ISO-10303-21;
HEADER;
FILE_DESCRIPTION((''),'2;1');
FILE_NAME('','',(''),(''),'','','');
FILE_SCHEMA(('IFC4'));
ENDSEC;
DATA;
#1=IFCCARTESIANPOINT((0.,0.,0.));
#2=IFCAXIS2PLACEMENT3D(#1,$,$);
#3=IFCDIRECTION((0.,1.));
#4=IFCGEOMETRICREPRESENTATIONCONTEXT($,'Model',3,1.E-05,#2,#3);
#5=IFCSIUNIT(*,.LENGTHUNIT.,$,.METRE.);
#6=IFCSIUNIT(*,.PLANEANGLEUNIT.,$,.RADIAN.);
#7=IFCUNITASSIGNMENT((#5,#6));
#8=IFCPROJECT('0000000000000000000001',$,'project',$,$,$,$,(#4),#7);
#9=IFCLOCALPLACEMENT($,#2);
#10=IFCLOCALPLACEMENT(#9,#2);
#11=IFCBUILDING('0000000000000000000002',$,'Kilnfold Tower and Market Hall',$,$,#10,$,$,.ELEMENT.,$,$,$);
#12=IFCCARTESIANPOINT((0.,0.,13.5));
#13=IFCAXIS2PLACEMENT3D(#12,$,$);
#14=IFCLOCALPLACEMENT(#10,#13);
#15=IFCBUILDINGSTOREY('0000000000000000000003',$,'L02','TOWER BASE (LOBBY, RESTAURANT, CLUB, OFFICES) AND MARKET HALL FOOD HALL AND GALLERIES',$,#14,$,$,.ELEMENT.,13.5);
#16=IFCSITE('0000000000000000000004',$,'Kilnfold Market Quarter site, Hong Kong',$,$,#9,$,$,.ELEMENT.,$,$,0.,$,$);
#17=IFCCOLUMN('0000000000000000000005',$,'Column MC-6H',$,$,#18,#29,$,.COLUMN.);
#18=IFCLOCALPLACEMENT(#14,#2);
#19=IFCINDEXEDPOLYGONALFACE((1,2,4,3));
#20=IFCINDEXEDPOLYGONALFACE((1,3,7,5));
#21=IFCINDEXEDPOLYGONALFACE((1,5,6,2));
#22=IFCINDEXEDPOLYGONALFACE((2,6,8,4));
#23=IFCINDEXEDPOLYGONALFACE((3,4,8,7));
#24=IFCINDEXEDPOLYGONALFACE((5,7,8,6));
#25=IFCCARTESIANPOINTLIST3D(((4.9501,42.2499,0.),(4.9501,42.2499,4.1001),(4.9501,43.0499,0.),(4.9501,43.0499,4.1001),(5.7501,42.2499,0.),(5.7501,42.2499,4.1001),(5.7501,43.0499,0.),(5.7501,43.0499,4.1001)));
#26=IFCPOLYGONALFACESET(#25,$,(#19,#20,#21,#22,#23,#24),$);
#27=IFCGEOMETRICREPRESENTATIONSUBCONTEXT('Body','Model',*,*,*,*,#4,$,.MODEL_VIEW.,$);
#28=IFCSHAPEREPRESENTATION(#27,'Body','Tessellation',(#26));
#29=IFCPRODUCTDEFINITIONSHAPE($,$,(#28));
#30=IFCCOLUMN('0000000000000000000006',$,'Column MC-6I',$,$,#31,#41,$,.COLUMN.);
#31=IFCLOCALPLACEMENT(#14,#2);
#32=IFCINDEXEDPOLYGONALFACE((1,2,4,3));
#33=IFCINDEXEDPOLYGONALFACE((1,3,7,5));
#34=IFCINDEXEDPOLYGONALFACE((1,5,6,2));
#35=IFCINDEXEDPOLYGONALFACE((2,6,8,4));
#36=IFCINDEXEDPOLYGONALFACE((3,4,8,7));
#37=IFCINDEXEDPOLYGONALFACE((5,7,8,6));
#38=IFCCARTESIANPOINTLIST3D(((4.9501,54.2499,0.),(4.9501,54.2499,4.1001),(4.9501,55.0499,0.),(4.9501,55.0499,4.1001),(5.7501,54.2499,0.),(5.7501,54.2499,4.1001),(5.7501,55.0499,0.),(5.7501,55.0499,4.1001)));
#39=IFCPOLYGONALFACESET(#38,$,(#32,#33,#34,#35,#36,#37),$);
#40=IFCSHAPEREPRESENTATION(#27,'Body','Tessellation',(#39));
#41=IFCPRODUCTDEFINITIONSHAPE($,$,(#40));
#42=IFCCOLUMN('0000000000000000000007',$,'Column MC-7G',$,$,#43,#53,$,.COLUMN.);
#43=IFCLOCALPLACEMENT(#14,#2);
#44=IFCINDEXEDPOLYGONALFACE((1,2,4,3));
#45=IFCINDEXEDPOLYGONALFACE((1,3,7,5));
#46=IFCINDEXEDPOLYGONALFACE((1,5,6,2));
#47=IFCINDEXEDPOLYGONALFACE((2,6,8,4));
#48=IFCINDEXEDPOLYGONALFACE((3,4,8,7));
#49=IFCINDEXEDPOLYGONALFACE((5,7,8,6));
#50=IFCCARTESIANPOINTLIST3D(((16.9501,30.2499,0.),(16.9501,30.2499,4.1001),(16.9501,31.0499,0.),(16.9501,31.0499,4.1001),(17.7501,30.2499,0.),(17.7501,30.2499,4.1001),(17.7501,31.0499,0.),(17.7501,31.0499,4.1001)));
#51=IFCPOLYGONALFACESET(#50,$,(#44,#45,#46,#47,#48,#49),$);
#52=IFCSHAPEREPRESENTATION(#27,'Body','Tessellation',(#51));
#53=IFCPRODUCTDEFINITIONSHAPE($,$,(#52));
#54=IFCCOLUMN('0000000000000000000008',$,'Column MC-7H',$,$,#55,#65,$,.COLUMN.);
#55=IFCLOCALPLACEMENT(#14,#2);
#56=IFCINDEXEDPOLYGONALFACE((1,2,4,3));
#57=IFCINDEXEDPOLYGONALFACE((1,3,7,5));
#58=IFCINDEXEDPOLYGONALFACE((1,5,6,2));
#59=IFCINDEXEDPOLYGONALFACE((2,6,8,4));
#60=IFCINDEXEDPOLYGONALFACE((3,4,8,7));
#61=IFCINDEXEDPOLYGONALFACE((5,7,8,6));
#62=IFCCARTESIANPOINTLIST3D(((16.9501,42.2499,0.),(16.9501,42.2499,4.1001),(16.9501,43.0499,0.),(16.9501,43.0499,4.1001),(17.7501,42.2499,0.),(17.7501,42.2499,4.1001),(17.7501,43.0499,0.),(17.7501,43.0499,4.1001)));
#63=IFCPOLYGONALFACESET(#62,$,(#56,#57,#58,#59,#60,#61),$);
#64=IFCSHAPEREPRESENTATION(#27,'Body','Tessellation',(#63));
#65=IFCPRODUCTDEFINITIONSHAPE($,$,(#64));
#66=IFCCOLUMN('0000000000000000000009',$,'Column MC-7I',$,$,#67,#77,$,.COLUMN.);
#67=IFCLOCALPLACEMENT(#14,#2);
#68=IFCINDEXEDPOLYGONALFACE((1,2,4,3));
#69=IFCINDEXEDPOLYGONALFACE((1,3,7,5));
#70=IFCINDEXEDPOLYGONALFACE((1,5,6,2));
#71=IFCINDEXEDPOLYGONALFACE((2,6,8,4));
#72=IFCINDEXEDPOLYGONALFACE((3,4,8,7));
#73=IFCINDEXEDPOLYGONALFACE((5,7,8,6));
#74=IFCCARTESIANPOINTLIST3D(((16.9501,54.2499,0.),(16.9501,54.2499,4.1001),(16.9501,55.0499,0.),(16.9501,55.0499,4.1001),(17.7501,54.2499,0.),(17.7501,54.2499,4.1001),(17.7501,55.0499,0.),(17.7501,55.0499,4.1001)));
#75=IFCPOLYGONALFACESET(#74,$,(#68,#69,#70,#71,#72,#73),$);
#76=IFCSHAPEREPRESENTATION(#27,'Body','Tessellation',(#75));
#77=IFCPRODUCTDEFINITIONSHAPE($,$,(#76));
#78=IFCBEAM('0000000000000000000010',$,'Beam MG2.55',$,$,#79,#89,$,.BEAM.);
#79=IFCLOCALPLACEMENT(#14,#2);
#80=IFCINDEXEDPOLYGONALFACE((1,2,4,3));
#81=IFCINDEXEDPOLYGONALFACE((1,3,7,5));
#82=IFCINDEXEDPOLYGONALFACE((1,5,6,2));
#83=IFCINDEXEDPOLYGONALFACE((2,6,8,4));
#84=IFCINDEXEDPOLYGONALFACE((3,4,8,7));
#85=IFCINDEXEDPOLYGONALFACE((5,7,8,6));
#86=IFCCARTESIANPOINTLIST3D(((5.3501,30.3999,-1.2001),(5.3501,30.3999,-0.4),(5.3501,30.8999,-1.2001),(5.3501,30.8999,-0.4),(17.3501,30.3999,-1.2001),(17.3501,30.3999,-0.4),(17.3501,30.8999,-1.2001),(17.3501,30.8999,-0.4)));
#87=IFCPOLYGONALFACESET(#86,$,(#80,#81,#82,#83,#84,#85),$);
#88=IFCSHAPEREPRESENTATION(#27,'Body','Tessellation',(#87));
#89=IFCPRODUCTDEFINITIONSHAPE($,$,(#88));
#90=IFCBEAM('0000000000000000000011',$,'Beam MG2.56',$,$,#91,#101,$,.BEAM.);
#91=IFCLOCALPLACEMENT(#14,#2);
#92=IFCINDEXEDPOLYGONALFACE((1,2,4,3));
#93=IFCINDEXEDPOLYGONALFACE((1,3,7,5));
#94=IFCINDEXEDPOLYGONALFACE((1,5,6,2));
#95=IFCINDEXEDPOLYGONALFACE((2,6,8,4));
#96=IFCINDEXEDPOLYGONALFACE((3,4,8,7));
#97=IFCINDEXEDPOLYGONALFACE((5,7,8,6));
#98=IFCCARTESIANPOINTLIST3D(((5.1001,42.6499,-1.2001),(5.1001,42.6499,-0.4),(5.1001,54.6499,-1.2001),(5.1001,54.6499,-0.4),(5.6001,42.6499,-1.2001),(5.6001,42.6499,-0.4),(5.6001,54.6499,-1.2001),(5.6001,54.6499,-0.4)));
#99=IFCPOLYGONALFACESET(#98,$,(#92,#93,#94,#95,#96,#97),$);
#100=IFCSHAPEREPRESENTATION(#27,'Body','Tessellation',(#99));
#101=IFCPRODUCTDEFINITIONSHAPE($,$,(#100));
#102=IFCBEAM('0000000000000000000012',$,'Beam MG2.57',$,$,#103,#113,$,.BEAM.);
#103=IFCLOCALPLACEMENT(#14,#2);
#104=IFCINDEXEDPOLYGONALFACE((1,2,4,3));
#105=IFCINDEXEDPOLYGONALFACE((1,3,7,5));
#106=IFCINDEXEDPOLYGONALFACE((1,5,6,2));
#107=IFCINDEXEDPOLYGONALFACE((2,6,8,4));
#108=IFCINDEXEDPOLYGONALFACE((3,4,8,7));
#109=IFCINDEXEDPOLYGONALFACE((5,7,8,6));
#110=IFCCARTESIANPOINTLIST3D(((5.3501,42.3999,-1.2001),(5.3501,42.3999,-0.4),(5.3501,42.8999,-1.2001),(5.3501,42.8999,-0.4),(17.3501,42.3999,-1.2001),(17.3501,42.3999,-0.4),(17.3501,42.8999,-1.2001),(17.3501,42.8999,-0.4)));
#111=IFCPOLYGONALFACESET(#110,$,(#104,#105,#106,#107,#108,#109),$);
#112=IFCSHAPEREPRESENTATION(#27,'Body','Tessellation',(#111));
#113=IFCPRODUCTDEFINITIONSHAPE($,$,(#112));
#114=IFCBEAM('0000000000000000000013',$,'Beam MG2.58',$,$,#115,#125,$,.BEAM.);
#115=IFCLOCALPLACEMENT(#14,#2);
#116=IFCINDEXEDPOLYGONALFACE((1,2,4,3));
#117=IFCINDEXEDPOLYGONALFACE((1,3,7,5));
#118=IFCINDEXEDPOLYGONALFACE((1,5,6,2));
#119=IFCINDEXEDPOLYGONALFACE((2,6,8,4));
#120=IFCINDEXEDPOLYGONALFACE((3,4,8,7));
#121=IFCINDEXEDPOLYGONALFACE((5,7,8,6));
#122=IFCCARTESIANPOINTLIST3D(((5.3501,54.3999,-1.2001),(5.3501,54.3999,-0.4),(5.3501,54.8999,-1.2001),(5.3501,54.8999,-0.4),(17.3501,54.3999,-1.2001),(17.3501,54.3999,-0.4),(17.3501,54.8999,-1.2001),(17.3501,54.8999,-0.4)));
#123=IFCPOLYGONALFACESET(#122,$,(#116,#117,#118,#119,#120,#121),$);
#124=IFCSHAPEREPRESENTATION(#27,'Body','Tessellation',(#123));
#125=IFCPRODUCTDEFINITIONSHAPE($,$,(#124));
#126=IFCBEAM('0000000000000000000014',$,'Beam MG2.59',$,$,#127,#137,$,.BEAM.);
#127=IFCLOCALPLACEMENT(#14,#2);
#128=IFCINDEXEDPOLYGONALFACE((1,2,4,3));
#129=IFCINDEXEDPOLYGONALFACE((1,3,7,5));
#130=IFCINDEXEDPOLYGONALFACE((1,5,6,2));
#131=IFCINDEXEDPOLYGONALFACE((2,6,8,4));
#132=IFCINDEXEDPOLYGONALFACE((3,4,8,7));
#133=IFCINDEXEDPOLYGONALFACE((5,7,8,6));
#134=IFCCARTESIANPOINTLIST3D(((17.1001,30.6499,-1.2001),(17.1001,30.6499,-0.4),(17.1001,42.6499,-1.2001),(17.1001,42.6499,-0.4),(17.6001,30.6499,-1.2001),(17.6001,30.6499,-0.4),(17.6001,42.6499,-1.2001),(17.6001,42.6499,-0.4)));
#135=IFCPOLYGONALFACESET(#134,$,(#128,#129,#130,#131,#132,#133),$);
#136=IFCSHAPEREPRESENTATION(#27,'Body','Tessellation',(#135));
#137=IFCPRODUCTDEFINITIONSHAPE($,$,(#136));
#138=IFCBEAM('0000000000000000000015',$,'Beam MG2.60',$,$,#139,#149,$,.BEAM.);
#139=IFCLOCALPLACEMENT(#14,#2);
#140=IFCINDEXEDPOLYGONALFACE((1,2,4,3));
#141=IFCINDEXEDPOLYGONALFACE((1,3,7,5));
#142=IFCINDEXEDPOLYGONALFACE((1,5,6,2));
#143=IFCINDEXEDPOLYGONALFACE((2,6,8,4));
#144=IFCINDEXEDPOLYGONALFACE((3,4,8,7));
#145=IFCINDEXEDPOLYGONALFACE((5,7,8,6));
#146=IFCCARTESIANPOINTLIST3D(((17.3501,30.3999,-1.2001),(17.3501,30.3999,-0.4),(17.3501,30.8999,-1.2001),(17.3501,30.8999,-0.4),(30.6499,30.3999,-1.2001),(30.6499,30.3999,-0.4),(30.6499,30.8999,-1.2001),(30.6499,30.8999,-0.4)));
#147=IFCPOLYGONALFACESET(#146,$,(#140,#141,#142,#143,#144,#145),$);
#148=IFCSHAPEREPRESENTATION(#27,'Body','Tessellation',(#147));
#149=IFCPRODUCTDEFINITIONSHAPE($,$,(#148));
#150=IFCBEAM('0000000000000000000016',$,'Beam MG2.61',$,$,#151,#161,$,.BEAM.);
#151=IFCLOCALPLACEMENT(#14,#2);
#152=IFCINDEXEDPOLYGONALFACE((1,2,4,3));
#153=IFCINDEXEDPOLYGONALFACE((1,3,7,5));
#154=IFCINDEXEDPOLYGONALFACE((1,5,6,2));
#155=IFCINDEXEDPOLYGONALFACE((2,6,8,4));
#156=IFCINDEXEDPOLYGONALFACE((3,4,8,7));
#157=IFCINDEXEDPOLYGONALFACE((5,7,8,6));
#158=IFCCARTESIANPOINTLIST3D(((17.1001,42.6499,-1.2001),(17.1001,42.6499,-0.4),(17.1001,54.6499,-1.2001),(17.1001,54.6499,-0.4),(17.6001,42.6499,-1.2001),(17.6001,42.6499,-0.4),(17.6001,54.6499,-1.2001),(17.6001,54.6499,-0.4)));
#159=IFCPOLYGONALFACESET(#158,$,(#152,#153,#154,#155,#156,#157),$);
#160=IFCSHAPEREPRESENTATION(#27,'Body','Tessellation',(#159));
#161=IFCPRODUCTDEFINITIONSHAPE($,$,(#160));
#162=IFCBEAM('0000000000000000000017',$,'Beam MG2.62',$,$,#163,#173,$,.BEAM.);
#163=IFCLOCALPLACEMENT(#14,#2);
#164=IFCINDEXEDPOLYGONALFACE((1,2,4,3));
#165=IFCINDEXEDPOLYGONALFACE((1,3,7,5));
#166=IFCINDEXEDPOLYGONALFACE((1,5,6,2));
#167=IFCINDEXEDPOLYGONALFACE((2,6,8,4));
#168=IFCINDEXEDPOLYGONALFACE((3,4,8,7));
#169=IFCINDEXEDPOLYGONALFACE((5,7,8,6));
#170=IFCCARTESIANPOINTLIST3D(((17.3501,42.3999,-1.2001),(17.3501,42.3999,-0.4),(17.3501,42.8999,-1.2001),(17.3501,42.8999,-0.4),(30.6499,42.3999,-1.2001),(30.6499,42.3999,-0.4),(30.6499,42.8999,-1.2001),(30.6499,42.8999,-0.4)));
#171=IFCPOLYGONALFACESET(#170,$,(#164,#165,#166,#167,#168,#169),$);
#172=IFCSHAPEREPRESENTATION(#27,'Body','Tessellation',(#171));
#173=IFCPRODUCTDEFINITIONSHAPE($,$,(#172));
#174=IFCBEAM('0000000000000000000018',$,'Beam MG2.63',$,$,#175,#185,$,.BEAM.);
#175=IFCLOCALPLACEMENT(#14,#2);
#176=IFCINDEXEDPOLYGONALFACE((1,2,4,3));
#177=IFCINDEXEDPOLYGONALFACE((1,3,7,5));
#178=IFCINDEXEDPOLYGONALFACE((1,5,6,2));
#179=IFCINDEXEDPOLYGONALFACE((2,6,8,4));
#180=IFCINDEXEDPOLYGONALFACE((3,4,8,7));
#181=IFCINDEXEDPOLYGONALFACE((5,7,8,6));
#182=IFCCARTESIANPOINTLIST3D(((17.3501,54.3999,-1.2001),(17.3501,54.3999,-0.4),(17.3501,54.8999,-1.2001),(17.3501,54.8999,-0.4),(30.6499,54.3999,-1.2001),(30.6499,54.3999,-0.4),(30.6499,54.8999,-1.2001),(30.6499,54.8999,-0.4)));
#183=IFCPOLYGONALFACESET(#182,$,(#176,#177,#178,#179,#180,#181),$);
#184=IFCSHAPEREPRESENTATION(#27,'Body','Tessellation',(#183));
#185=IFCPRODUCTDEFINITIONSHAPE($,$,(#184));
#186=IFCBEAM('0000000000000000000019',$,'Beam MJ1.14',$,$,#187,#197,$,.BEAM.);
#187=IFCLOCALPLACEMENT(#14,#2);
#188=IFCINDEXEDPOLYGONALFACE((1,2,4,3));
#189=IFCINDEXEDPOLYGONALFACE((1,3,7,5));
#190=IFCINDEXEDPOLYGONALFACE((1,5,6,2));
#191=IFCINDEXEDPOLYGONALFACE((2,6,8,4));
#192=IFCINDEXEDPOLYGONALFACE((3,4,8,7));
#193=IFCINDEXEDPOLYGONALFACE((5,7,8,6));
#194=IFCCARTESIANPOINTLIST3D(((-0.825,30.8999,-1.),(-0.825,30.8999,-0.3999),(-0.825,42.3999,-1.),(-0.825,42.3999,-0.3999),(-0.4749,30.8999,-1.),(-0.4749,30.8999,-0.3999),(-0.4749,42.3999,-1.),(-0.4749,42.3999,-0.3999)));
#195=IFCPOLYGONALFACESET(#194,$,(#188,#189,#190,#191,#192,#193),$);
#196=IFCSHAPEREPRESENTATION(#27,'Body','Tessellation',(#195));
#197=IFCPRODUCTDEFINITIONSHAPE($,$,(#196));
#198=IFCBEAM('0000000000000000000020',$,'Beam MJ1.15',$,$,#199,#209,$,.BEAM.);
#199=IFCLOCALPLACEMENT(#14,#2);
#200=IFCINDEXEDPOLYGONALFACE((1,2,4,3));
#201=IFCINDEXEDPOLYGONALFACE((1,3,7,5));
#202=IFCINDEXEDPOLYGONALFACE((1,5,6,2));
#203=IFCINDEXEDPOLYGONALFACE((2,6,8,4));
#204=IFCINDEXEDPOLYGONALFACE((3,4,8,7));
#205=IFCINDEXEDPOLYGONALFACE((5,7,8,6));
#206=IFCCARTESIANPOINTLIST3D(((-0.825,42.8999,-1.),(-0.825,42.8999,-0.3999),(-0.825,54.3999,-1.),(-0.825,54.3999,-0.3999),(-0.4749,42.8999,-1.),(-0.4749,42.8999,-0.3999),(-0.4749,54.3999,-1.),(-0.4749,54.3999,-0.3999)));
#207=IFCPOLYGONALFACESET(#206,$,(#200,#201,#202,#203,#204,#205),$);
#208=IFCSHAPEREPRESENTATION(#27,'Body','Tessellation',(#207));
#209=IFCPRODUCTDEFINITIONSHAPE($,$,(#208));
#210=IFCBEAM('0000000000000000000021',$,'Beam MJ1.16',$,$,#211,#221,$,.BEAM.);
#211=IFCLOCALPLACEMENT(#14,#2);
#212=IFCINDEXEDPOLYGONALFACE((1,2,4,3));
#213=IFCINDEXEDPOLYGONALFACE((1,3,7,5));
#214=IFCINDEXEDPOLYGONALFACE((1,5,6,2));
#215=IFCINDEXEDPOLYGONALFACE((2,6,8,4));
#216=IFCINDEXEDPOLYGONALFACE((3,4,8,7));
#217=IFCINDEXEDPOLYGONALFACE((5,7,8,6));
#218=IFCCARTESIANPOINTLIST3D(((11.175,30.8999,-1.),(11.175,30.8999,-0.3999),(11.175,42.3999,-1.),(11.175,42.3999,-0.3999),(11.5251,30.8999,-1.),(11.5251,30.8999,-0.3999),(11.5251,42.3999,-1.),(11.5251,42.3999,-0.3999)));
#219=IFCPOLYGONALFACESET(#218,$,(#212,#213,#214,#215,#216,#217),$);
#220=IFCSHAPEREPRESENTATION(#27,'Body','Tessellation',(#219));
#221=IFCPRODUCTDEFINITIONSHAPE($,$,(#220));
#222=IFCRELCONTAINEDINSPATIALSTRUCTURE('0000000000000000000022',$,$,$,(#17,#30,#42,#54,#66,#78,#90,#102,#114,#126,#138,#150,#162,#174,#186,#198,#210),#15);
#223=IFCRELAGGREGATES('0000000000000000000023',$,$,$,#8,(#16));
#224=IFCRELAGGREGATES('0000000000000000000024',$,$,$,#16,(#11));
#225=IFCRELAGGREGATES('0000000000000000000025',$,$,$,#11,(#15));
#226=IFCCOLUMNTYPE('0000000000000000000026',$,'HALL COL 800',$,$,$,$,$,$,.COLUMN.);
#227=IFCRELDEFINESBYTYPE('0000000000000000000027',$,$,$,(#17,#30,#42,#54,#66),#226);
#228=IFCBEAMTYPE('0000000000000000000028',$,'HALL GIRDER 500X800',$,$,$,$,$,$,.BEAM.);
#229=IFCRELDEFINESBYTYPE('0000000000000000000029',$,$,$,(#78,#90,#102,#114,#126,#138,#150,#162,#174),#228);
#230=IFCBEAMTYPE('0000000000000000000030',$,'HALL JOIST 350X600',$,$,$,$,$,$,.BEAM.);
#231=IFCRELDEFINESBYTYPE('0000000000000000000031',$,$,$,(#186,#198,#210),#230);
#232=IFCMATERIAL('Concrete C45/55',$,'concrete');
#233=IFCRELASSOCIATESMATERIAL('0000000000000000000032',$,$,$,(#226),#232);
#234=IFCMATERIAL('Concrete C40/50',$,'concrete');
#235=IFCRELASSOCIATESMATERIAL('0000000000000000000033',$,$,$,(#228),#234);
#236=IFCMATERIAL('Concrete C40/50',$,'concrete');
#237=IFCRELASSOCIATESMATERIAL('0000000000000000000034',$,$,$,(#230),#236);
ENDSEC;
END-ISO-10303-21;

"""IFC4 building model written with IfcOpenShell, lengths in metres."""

from ifc_helpers import new_model, si_unit, direction, frame, origin, origin_2d, place, context, subcontext, project, spatial, rectangle, extrude, source, transform, mapped, material, material_profile, profile_set, type_object, element, save


model = new_model("IFC4")

# Units and contexts
model_context = context("Model", 3, precision=1e-05, world=origin(), true_north=direction((0.0, 1.0)))
body_context = subcontext(model_context, "Body", "Model", "MODEL_VIEW")
ifc_project = project(units=[si_unit("LENGTHUNIT", "METRE"), si_unit("PLANEANGLEUNIT", "RADIAN")], contexts=[model_context])

# Site, building, storey
site_placement = place(None, origin())
site = spatial("IfcSite", under=ifc_project, at=site_placement, Name="Kilnfold Market Quarter site, Hong Kong", CompositionType="ELEMENT", RefElevation=0.0)
building_placement = place(site_placement, origin())
building = spatial("IfcBuilding", under=site, at=building_placement, Name="Kilnfold Tower and Market Hall", CompositionType="ELEMENT")
storey_placement = place(building_placement, frame((0.0, 0.0, 13.5)))
storey = spatial("IfcBuildingStorey", under=building, at=storey_placement, Name="L02", Description="TOWER BASE (LOBBY, RESTAURANT, CLUB, OFFICES) AND MARKET HALL FOOD HALL AND GALLERIES", CompositionType="ELEMENT", Elevation=13.5)

# Columns
ifc_material_1 = material(Name="Concrete C45/55", Category="concrete")
ifc_material_profile_1 = material_profile(ifc_material_1, rectangle(XDim=0.8, YDim=0.8, at=origin_2d()), Name="RC 800x800")
ifc_profile_set_1 = profile_set([ifc_material_profile_1], Name="Concrete C45/55")
column_type = type_object("IfcColumnType", Name="HALL COL 800", PredefinedType="COLUMN", material=ifc_profile_set_1)
shared_shape_1 = source(origin(), body_context, "Body", "SweptSolid", [
    extrude(rectangle(XDim=0.8, YDim=0.8, at=origin_2d()), origin(), (0.0, 0.0, 1.0), 4.1001),
])
for number, where, z_axis, x_axis, name in (
    (1, (5.3501, 42.6499, 0.0), (0.0, 0.0, 1.0), (1.0, 0.0, 0.0), "Column MC-6H"),
    (2, (5.3501, 54.6499, 0.0), (0.0, 0.0, 1.0), (1.0, 0.0, 0.0), "Column MC-6I"),
    (3, (17.3501, 30.6499, 0.0), (0.0, 0.0, 1.0), (1.0, 0.0, 0.0), "Column MC-7G"),
    (4, (17.3501, 42.6499, 0.0), (0.0, 0.0, 1.0), (1.0, 0.0, 0.0), "Column MC-7H"),
    (5, (17.3501, 54.6499, 0.0), (0.0, 0.0, 1.0), (1.0, 0.0, 0.0), "Column MC-7I"),
):
    element("IfcColumn", number, at=place(storey_placement, frame(where, z_axis=z_axis, x_axis=x_axis)), inside=storey, type_object=column_type, Name=name, PredefinedType="COLUMN", context=body_context, shape_type="MappedRepresentation", body=[
        mapped(shared_shape_1, transform((0.0, 0.0, 0.0))),
    ])

# Beams
ifc_material_2 = material(Name="Concrete C40/50", Category="concrete")
ifc_material_profile_2 = material_profile(ifc_material_2, rectangle(XDim=0.5, YDim=0.8, at=origin_2d()), Name="RC 500x800")
ifc_profile_set_2 = profile_set([ifc_material_profile_2], Name="Concrete C40/50")
beam_type_1 = type_object("IfcBeamType", Name="HALL GIRDER 500X800", PredefinedType="BEAM", material=ifc_profile_set_2)
for number, where, z_axis, x_axis, name in (
    (6, (5.3501, 30.6499, -0.8), (1.0, 0.0, 0.0), (0.0, 1.0, 0.0), "Beam MG2.55"),
    (7, (5.3501, 42.6499, -0.8), (0.0, 1.0, 0.0), (-1.0, 0.0, 0.0), "Beam MG2.56"),
    (8, (5.3501, 42.6499, -0.8), (1.0, 0.0, 0.0), (0.0, 1.0, 0.0), "Beam MG2.57"),
    (9, (5.3501, 54.6499, -0.8), (1.0, 0.0, 0.0), (0.0, 1.0, 0.0), "Beam MG2.58"),
    (10, (17.3501, 30.6499, -0.8), (0.0, 1.0, 0.0), (-1.0, 0.0, 0.0), "Beam MG2.59"),
):
    element("IfcBeam", number, at=place(storey_placement, frame(where, z_axis=z_axis, x_axis=x_axis)), inside=storey, type_object=beam_type_1, Name=name, PredefinedType="BEAM", context=body_context, shape_type="SweptSolid", body=[
        extrude(rectangle(XDim=0.5, YDim=0.8, at=origin_2d()), origin(), (0.0, 0.0, 1.0), 12.0),
    ])
beam_1_placement = place(storey_placement, frame((17.3501, 30.6499, -0.8), z_axis=(1.0, 0.0, 0.0), x_axis=(0.0, 1.0, 0.0)))
element("IfcBeam", 11, at=beam_1_placement, inside=storey, type_object=beam_type_1, Name="Beam MG2.60", PredefinedType="BEAM", context=body_context, shape_type="SweptSolid", body=[
    extrude(rectangle(XDim=0.5, YDim=0.8, at=origin_2d()), origin(), (0.0, 0.0, 1.0), 13.2998),
])
beam_2_placement = place(storey_placement, frame((17.3501, 42.6499, -0.8), z_axis=(0.0, 1.0, 0.0), x_axis=(-1.0, 0.0, 0.0)))
element("IfcBeam", 12, at=beam_2_placement, inside=storey, type_object=beam_type_1, Name="Beam MG2.61", PredefinedType="BEAM", context=body_context, shape_type="SweptSolid", body=[
    extrude(rectangle(XDim=0.5, YDim=0.8, at=origin_2d()), origin(), (0.0, 0.0, 1.0), 12.0),
])
for number, where, z_axis, x_axis, name in (
    (13, (17.3501, 42.6499, -0.8), (1.0, 0.0, 0.0), (0.0, 1.0, 0.0), "Beam MG2.62"),
    (14, (17.3501, 54.6499, -0.8), (1.0, 0.0, 0.0), (0.0, 1.0, 0.0), "Beam MG2.63"),
):
    element("IfcBeam", number, at=place(storey_placement, frame(where, z_axis=z_axis, x_axis=x_axis)), inside=storey, type_object=beam_type_1, Name=name, PredefinedType="BEAM", context=body_context, shape_type="SweptSolid", body=[
        extrude(rectangle(XDim=0.5, YDim=0.8, at=origin_2d()), origin(), (0.0, 0.0, 1.0), 13.2998),
    ])
ifc_material_3 = material(Name="Concrete C40/50", Category="concrete")
ifc_material_profile_3 = material_profile(ifc_material_3, rectangle(XDim=0.3501, YDim=0.6001, at=origin_2d()), Name="RC 350x600")
ifc_profile_set_3 = profile_set([ifc_material_profile_3], Name="Concrete C40/50")
beam_type_2 = type_object("IfcBeamType", Name="HALL JOIST 350X600", PredefinedType="BEAM", material=ifc_profile_set_3)
for number, where, z_axis, x_axis, name in (
    (15, (-0.6499, 30.8999, -0.7), (0.0, 1.0, 0.0), (-1.0, 0.0, 0.0), "Beam MJ1.14"),
    (16, (-0.6499, 42.8999, -0.7), (0.0, 1.0, 0.0), (-1.0, 0.0, 0.0), "Beam MJ1.15"),
    (17, (11.3501, 30.8999, -0.7), (0.0, 1.0, 0.0), (-1.0, 0.0, 0.0), "Beam MJ1.16"),
):
    element("IfcBeam", number, at=place(storey_placement, frame(where, z_axis=z_axis, x_axis=x_axis)), inside=storey, type_object=beam_type_2, Name=name, PredefinedType="BEAM", context=body_context, shape_type="SweptSolid", body=[
        extrude(rectangle(XDim=0.3501, YDim=0.6001, at=origin_2d()), origin(), (0.0, 0.0, 1.0), 11.5),
    ])

save(model, "model.ifc")
